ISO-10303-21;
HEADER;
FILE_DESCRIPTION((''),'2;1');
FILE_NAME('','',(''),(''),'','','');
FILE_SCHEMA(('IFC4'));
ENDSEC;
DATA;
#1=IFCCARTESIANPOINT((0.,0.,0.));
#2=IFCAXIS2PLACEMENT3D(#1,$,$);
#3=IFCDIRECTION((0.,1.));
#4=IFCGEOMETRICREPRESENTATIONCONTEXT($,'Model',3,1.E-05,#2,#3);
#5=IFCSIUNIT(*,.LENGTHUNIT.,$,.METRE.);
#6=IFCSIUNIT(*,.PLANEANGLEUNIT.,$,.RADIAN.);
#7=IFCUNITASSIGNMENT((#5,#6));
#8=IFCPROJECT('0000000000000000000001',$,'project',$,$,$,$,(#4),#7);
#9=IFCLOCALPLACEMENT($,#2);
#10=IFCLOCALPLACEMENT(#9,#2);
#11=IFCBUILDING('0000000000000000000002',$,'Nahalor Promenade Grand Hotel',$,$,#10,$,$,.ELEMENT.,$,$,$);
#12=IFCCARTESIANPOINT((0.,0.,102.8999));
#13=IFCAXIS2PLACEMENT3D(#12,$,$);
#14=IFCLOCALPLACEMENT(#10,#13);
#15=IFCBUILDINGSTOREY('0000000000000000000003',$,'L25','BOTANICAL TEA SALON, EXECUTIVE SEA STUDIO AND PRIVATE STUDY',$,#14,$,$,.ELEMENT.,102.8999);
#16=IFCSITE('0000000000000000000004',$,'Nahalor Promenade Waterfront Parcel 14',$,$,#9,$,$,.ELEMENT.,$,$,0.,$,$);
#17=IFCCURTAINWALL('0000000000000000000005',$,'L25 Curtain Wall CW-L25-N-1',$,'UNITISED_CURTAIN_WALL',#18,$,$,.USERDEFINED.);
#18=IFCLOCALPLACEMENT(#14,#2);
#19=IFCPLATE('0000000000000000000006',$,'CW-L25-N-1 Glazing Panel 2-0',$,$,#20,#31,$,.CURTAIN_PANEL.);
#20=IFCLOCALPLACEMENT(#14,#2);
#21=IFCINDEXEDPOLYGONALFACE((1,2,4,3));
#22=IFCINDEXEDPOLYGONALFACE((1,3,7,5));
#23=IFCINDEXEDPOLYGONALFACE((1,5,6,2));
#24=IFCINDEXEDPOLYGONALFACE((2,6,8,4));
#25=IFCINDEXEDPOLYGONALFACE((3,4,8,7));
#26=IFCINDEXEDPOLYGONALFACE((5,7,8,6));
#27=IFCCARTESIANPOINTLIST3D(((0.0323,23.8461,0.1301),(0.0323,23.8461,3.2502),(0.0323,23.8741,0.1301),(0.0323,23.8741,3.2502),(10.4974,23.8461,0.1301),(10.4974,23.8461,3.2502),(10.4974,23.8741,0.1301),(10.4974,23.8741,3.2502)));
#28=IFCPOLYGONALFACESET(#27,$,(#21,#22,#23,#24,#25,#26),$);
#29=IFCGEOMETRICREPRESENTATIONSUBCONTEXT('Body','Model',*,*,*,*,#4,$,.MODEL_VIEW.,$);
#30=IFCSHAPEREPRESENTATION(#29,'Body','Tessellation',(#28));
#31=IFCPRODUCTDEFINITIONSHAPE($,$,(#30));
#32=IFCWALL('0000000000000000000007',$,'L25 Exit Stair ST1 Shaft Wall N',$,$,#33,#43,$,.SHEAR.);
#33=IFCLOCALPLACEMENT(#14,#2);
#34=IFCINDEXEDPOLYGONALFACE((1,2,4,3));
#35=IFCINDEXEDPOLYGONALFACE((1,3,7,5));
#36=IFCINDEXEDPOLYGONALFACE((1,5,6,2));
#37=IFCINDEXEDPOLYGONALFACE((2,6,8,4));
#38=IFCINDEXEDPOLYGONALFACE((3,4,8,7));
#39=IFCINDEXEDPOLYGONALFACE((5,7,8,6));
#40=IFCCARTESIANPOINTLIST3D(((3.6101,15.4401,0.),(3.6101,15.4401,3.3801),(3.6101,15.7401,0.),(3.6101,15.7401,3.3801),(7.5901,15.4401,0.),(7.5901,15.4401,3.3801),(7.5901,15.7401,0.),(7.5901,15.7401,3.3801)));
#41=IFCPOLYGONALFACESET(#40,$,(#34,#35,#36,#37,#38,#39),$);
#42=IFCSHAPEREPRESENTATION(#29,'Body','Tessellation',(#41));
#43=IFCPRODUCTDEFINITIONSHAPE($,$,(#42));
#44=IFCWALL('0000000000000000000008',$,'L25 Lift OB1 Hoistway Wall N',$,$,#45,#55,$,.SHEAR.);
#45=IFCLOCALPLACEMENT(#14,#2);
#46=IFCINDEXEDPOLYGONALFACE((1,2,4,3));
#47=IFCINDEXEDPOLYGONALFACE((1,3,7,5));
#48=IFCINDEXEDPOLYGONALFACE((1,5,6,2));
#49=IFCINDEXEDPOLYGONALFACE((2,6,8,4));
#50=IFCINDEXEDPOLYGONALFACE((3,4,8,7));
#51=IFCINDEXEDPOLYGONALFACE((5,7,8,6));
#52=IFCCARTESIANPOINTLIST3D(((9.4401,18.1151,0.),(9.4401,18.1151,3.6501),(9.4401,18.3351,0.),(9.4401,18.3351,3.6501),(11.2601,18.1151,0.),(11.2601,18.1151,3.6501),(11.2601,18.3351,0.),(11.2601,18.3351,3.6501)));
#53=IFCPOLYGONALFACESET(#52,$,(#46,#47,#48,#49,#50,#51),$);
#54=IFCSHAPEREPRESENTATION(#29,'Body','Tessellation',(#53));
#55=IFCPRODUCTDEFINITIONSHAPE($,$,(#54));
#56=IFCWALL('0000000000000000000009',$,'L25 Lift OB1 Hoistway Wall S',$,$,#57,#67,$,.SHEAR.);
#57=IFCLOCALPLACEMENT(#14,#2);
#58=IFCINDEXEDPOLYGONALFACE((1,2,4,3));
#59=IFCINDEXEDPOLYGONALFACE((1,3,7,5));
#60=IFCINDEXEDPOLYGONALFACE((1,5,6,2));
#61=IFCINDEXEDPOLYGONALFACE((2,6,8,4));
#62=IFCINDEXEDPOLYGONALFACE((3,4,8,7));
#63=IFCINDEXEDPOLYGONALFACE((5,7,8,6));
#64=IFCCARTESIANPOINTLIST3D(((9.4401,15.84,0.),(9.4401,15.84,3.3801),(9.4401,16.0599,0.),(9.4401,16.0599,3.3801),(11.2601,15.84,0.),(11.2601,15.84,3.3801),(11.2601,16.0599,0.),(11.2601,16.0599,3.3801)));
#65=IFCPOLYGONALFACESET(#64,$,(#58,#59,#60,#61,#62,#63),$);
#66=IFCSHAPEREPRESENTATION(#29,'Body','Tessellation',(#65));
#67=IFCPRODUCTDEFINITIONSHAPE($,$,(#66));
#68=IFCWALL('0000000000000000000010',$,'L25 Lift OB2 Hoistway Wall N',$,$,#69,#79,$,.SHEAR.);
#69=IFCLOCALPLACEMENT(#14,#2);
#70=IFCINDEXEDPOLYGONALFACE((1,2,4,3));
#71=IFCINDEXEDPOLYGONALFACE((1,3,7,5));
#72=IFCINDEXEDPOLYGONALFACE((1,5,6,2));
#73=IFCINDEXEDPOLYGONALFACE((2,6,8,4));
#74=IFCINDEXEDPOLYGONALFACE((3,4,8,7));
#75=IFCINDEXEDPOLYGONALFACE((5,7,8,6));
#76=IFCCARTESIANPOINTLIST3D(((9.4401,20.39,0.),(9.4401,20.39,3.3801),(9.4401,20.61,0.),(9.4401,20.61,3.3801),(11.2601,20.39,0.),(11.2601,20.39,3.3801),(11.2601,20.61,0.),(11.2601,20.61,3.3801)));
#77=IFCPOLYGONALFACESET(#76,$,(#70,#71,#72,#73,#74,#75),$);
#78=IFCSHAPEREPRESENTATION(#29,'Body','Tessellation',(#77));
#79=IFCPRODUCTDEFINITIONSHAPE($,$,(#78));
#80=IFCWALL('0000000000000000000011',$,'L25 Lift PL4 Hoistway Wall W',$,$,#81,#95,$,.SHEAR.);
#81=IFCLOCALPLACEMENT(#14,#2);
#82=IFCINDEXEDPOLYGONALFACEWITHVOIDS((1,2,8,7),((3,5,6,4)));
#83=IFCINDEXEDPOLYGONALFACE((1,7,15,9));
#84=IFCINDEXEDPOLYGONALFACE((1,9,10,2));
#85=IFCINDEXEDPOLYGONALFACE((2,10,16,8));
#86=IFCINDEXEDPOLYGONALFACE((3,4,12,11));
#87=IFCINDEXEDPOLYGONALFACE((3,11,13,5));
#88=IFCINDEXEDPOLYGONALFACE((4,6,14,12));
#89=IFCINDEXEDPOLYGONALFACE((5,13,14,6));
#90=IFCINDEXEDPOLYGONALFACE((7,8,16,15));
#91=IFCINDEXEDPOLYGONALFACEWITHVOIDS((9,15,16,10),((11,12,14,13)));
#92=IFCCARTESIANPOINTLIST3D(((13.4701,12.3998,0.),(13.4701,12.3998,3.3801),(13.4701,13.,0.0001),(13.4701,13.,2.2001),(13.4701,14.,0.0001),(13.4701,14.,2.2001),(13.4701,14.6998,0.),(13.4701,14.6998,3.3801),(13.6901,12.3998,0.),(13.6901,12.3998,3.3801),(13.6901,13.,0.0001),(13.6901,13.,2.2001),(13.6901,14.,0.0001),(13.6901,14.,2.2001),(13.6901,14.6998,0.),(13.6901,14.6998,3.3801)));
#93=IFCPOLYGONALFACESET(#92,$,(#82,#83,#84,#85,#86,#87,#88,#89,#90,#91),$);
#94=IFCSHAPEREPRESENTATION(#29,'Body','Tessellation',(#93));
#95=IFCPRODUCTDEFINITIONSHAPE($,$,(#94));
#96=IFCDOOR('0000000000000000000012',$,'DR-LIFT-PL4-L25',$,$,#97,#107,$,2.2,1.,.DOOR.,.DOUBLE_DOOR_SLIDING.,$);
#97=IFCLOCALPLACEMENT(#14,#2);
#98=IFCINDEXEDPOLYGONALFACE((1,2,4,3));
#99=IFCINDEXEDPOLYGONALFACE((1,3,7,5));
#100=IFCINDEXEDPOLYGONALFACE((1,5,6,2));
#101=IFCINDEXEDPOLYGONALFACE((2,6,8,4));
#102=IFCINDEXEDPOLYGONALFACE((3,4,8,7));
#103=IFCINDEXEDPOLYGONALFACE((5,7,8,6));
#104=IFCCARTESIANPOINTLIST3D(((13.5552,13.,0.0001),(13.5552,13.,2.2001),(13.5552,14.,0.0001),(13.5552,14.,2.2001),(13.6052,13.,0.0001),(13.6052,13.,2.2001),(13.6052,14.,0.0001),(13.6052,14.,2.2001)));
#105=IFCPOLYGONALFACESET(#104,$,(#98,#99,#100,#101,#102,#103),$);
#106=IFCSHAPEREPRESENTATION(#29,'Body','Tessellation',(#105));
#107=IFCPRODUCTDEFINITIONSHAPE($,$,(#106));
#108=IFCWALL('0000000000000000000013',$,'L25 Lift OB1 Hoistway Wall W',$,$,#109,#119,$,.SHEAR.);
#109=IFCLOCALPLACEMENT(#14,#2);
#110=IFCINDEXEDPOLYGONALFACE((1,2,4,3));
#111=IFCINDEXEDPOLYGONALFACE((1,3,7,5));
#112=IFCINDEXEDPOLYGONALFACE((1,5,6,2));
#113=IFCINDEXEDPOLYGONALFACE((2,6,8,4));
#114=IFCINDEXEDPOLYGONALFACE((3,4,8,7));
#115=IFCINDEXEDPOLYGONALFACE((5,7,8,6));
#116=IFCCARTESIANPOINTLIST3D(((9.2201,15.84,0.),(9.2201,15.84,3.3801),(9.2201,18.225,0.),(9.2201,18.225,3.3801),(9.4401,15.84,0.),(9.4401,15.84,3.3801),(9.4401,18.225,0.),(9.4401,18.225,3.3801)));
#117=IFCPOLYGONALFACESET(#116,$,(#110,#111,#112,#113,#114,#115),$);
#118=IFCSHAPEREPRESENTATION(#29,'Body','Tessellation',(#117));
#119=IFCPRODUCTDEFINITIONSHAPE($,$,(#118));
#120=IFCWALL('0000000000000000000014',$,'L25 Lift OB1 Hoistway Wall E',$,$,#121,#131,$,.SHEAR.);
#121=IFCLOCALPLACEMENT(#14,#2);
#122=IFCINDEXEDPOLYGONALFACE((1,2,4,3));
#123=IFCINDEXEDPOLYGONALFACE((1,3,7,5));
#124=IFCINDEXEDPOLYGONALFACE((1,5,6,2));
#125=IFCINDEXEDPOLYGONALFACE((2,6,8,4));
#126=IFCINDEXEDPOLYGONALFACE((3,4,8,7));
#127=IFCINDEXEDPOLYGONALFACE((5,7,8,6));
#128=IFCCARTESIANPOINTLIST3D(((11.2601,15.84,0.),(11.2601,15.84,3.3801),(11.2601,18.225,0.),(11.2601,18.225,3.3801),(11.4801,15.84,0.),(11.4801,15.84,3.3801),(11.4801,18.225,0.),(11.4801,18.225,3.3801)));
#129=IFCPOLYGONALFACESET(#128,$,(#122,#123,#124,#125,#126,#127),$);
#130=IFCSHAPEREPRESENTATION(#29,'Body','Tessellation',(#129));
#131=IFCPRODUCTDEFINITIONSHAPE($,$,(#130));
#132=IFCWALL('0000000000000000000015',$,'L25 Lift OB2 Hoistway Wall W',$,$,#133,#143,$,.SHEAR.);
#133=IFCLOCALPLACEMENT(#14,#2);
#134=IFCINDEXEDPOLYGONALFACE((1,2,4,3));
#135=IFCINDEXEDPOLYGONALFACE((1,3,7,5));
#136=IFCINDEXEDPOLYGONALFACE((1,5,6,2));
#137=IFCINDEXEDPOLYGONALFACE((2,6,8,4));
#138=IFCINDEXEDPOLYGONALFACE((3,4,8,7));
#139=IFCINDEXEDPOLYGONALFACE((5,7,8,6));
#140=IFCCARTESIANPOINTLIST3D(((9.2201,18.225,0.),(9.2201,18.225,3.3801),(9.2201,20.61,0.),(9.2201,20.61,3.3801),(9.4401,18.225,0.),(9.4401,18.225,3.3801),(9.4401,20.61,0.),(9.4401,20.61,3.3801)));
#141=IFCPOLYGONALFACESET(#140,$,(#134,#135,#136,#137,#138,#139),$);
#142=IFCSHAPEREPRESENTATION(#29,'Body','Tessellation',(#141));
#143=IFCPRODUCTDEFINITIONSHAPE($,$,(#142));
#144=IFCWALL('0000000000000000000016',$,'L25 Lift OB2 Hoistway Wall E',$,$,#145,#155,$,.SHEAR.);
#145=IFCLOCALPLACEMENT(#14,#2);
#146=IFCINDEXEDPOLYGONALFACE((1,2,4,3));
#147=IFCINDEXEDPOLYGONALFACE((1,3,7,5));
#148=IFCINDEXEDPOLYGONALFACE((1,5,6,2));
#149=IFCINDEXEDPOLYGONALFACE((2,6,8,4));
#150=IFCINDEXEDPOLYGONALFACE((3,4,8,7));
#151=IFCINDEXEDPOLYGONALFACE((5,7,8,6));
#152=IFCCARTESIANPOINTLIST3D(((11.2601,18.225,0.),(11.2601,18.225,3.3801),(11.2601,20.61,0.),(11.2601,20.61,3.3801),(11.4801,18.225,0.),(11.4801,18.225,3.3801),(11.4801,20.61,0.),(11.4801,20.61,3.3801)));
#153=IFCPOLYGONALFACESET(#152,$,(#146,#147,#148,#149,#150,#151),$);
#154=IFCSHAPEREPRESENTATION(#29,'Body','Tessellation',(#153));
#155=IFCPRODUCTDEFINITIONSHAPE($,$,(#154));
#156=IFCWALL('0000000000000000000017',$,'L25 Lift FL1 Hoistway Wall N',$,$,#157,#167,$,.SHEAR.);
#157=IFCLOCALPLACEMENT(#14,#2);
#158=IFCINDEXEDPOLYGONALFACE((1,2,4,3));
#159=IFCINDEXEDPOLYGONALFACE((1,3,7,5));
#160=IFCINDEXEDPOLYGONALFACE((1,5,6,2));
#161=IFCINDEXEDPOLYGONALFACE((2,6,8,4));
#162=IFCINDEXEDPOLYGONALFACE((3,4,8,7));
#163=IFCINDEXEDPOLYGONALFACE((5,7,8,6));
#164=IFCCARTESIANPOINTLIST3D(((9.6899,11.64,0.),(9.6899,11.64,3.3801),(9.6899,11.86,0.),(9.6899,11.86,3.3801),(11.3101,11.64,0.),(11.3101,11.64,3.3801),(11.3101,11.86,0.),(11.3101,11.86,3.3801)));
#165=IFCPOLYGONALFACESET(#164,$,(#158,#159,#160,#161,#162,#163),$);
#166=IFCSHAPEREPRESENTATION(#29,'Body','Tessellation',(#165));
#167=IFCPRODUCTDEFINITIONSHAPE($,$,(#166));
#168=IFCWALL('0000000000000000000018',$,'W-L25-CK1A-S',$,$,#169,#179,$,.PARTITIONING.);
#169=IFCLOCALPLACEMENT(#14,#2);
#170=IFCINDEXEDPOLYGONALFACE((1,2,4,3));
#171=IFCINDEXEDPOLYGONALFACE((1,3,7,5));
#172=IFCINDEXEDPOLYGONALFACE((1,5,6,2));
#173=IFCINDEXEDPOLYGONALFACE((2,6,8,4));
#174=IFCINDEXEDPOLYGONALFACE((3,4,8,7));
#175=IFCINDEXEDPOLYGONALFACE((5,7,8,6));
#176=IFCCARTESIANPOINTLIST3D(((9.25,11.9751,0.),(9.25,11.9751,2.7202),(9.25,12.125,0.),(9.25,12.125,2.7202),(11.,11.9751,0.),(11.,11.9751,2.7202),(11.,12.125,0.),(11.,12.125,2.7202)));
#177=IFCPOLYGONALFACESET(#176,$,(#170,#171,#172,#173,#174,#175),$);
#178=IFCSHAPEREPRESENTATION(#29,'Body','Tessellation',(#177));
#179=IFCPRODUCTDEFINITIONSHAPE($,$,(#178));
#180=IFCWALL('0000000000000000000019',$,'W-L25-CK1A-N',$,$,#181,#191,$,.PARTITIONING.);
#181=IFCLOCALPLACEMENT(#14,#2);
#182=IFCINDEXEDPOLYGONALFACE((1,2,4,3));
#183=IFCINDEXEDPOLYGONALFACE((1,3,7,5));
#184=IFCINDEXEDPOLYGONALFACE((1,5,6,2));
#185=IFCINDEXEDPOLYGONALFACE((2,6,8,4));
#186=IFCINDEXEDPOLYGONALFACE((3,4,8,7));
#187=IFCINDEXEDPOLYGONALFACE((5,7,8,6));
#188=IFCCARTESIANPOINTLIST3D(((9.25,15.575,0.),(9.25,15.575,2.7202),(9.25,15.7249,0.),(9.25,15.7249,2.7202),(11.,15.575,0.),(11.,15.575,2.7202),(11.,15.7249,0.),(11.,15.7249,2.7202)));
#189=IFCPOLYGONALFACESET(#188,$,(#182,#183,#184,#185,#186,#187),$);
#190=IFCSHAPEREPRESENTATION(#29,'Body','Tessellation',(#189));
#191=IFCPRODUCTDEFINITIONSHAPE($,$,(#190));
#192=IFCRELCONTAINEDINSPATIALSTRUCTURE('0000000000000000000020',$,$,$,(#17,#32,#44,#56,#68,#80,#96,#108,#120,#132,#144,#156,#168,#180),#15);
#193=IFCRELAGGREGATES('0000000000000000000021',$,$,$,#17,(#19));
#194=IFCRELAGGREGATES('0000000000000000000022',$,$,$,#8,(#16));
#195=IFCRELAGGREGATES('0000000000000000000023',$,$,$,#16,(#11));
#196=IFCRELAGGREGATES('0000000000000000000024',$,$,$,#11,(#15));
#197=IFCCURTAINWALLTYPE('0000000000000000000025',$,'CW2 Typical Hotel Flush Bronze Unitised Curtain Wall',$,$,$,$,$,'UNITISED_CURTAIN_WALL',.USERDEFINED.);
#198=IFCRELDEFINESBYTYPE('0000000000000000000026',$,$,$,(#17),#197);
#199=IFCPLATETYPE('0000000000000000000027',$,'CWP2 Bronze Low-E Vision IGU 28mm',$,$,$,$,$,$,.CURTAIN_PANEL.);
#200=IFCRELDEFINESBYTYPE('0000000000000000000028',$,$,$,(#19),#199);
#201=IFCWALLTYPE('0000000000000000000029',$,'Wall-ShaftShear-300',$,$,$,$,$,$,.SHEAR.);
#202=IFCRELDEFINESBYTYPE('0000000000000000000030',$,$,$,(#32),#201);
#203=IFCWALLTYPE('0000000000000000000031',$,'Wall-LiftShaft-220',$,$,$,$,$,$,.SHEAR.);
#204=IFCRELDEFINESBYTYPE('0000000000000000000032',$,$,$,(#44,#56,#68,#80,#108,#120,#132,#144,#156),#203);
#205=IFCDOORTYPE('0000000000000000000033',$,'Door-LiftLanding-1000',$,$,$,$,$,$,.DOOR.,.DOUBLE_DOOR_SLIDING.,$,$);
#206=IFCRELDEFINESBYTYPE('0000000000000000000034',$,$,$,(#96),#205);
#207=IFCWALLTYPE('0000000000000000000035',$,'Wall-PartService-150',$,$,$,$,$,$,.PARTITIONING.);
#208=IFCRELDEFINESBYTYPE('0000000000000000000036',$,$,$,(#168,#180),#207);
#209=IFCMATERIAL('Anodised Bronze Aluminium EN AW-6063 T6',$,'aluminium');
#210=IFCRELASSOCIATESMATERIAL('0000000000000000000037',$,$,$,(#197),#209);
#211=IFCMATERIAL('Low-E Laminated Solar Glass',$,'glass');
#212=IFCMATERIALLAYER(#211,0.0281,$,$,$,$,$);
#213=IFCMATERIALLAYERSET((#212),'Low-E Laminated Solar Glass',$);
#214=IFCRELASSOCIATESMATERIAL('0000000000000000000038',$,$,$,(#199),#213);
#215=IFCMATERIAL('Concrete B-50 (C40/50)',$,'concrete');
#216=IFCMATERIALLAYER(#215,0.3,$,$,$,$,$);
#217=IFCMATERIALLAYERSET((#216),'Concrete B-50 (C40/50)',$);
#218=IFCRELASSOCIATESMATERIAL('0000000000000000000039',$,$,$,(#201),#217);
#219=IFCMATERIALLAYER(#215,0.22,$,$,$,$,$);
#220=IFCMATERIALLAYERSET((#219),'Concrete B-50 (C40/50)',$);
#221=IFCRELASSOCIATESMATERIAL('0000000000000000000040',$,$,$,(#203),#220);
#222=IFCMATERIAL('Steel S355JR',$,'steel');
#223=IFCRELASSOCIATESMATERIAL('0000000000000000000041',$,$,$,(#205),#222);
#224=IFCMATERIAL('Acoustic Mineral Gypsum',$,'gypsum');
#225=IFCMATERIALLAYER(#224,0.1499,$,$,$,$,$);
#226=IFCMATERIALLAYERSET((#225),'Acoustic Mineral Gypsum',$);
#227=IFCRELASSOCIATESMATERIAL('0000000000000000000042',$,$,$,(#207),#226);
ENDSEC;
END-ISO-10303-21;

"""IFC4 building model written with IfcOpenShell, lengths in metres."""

from ifc_helpers import new_model, si_unit, direction, frame, frame_2d, origin, origin_2d, place, context, subcontext, project, spatial, rectangle, extrude, source, transform, mapped, material, layer, layer_set, type_object, element, fill, aggregate, save


model = new_model("IFC4")

# Units and contexts
model_context = context("Model", 3, precision=1e-05, world=origin(), true_north=direction((0.0, 1.0)))
body_context = subcontext(model_context, "Body", "Model", "MODEL_VIEW")
ifc_project = project(units=[si_unit("LENGTHUNIT", "METRE"), si_unit("PLANEANGLEUNIT", "RADIAN")], contexts=[model_context])

# Site, building, storey
site_placement = place(None, origin())
site = spatial("IfcSite", under=ifc_project, at=site_placement, Name="Nahalor Promenade Waterfront Parcel 14", CompositionType="ELEMENT", RefElevation=0.0)
building_placement = place(site_placement, origin())
building = spatial("IfcBuilding", under=site, at=building_placement, Name="Nahalor Promenade Grand Hotel", CompositionType="ELEMENT")
storey_placement = place(building_placement, frame((0.0, 0.0, 102.8999)))
storey = spatial("IfcBuildingStorey", under=building, at=storey_placement, Name="L25", Description="BOTANICAL TEA SALON, EXECUTIVE SEA STUDIO AND PRIVATE STUDY", CompositionType="ELEMENT", Elevation=102.8999)

# Shared definitions
ifc_material_1 = material(Name="Steel S355JR", Category="steel")

# Curtain wall, plate
ifc_material_2 = material(Name="Anodised Bronze Aluminium EN AW-6063 T6", Category="aluminium")
curtain_wall_type = type_object("IfcCurtainWallType", Name="CW2 Typical Hotel Flush Bronze Unitised Curtain Wall", ElementType="UNITISED_CURTAIN_WALL", PredefinedType="USERDEFINED", material=ifc_material_2)
curtain_wall_placement = place(storey_placement, origin())
curtain_wall = element("IfcCurtainWall", 1, at=curtain_wall_placement, inside=storey, type_object=curtain_wall_type, Name="L25 Curtain Wall CW-L25-N-1", ObjectType="UNITISED_CURTAIN_WALL", PredefinedType="USERDEFINED")
ifc_material_3 = material(Name="Low-E Laminated Solar Glass", Category="glass")
ifc_layer_1 = layer(ifc_material_3, 0.0281)
ifc_layer_set_1 = layer_set([ifc_layer_1], Name="Low-E Laminated Solar Glass")
plate_type = type_object("IfcPlateType", Name="CWP2 Bronze Low-E Vision IGU 28mm", PredefinedType="CURTAIN_PANEL", material=ifc_layer_set_1)
shared_shape_1 = source(origin(), body_context, "Body", "SweptSolid", [
    extrude(rectangle(XDim=10.4651, YDim=0.0281, at=origin_2d()), origin(), (0.0, 0.0, 1.0), 3.1201),
])
plate_placement = place(storey_placement, frame((5.2649, 23.8601, 0.1301), z_axis=(0.0, 0.0, 1.0), x_axis=(1.0, 0.0, 0.0)))
plate = element("IfcPlate", 2, at=plate_placement, type_object=plate_type, Name="CW-L25-N-1 Glazing Panel 2-0", PredefinedType="CURTAIN_PANEL", context=body_context, shape_type="MappedRepresentation", body=[
    mapped(shared_shape_1, transform((0.0, 0.0, 0.0), scale=1.0)),
])
aggregate(curtain_wall, [plate])

# Walls
ifc_material_4 = material(Name="Concrete B-50 (C40/50)", Category="concrete")
ifc_layer_2 = layer(ifc_material_4, 0.3)
ifc_layer_set_2 = layer_set([ifc_layer_2], Name="Concrete B-50 (C40/50)")
wall_type_1 = type_object("IfcWallType", Name="Wall-ShaftShear-300", PredefinedType="SHEAR", material=ifc_layer_set_2)
shared_shape_2 = source(origin(), body_context, "Body", "SweptSolid", [
    extrude(rectangle(XDim=3.98, YDim=0.3, at=frame_2d((1.99, 0.0))), origin(), (0.0, 0.0, 1.0), 3.3801),
])
wall_1_placement = place(storey_placement, frame((3.6101, 15.5901, 0.0), z_axis=(0.0, 0.0, 1.0), x_axis=(1.0, 0.0, 0.0)))
element("IfcWall", 3, at=wall_1_placement, inside=storey, type_object=wall_type_1, Name="L25 Exit Stair ST1 Shaft Wall N", PredefinedType="SHEAR", context=body_context, shape_type="MappedRepresentation", body=[
    mapped(shared_shape_2, transform((0.0, 0.0, 0.0), scale=1.0)),
])
ifc_layer_3 = layer(ifc_material_4, 0.22)
ifc_layer_set_3 = layer_set([ifc_layer_3], Name="Concrete B-50 (C40/50)")
wall_type_2 = type_object("IfcWallType", Name="Wall-LiftShaft-220", PredefinedType="SHEAR", material=ifc_layer_set_3)
shared_shape_3 = source(origin(), body_context, "Body", "SweptSolid", [
    extrude(rectangle(XDim=1.8201, YDim=0.22, at=frame_2d((0.9102, 0.0))), origin(), (0.0, 0.0, 1.0), 3.6501),
])
wall_2_placement = place(storey_placement, frame((9.4399, 18.2251, 0.0), z_axis=(0.0, 0.0, 1.0), x_axis=(1.0, 0.0, 0.0)))
element("IfcWall", 4, at=wall_2_placement, inside=storey, type_object=wall_type_2, Name="L25 Lift OB1 Hoistway Wall N", PredefinedType="SHEAR", context=body_context, shape_type="MappedRepresentation", body=[
    mapped(shared_shape_3, transform((0.0, 0.0, 0.0), scale=1.0)),
])
shared_shape_4 = source(origin(), body_context, "Body", "SweptSolid", [
    extrude(rectangle(XDim=1.8201, YDim=0.22, at=frame_2d((0.9102, 0.0))), origin(), (0.0, 0.0, 1.0), 3.3801),
])
for number, where, z_axis, x_axis, name in (
    (5, (9.4399, 15.95, 0.0), (0.0, 0.0, 1.0), (1.0, 0.0, 0.0), "L25 Lift OB1 Hoistway Wall S"),
    (6, (9.4399, 20.5, 0.0), (0.0, 0.0, 1.0), (1.0, 0.0, 0.0), "L25 Lift OB2 Hoistway Wall N"),
):
    element("IfcWall", number, at=place(storey_placement, frame(where, z_axis=z_axis, x_axis=x_axis)), inside=storey, type_object=wall_type_2, Name=name, PredefinedType="SHEAR", context=body_context, shape_type="MappedRepresentation", body=[
        mapped(shared_shape_4, transform((0.0, 0.0, 0.0), scale=1.0)),
    ])

# Wall, opening, door
shared_shape_5 = source(origin(), body_context, "Body", "SweptSolid", [
    extrude(rectangle(XDim=2.3, YDim=0.22, at=frame_2d((1.1499, 0.0))), origin(), (0.0, 0.0, 1.0), 3.3801),
])
wall_3_placement = place(storey_placement, frame((13.5801, 12.3999, 0.0), z_axis=(0.0, 0.0, 1.0), x_axis=(0.0, 1.0, 0.0)))
wall_3 = element("IfcWall", 7, at=wall_3_placement, inside=storey, type_object=wall_type_2, Name="L25 Lift PL4 Hoistway Wall W", PredefinedType="SHEAR", context=body_context, shape_type="MappedRepresentation", body=[
    mapped(shared_shape_5, transform((0.0, 0.0, 0.0), scale=1.0)),
])
opening_1_placement = place(wall_3_placement, frame((0.6001, 0.0, 0.0)))
opening_1 = element("IfcOpeningElement", 8, at=opening_1_placement, cuts=wall_3, PredefinedType="OPENING", context=body_context, shape_type="SweptSolid", body=[
    extrude(rectangle(XDim=1.0, YDim=2.2, at=frame_2d((0.5, 1.1001))), frame((0.0, 0.1199, 0.0), z_axis=(0.0, -1.0, 0.0), x_axis=(1.0, 0.0, 0.0)), (0.0, 0.0, 1.0), 0.24),
])
door_type_1 = type_object("IfcDoorType", Name="Door-LiftLanding-1000", OperationType="DOUBLE_DOOR_SLIDING", PredefinedType="DOOR", material=ifc_material_1)
shared_shape_6 = source(origin(), body_context, "Body", "SweptSolid", [
    extrude(rectangle(XDim=1.0, YDim=2.2, at=frame_2d((0.5, 1.1001))), frame((0.0, 0.0249, 0.0), z_axis=(0.0, -1.0, 0.0), x_axis=(1.0, 0.0, 0.0)), (0.0, 0.0, 1.0), 0.05),
])
door_1_placement = place(opening_1_placement, origin())
door_1 = element("IfcDoor", 9, at=door_1_placement, inside=storey, type_object=door_type_1, Name="DR-LIFT-PL4-L25", OperationType="DOUBLE_DOOR_SLIDING", OverallHeight=2.2, OverallWidth=1.0, PredefinedType="DOOR", context=body_context, shape_type="MappedRepresentation", body=[
    mapped(shared_shape_6, transform((0.0, 0.0, 0.0), scale=1.0)),
])
fill(opening_1, door_1)

# Walls
shared_shape_7 = source(origin(), body_context, "Body", "SweptSolid", [
    extrude(rectangle(XDim=2.385, YDim=0.22, at=frame_2d((1.1924, 0.0))), origin(), (0.0, 0.0, 1.0), 3.3801),
])
for number, where, z_axis, x_axis, name in (
    (10, (9.3301, 15.8401, 0.0), (0.0, 0.0, 1.0), (0.0, 1.0, 0.0), "L25 Lift OB1 Hoistway Wall W"),
    (11, (11.3701, 15.8401, 0.0), (0.0, 0.0, 1.0), (0.0, 1.0, 0.0), "L25 Lift OB1 Hoistway Wall E"),
    (12, (9.3301, 18.2251, 0.0), (0.0, 0.0, 1.0), (0.0, 1.0, 0.0), "L25 Lift OB2 Hoistway Wall W"),
    (13, (11.3701, 18.2251, 0.0), (0.0, 0.0, 1.0), (0.0, 1.0, 0.0), "L25 Lift OB2 Hoistway Wall E"),
):
    element("IfcWall", number, at=place(storey_placement, frame(where, z_axis=z_axis, x_axis=x_axis)), inside=storey, type_object=wall_type_2, Name=name, PredefinedType="SHEAR", context=body_context, shape_type="MappedRepresentation", body=[
        mapped(shared_shape_7, transform((0.0, 0.0, 0.0), scale=1.0)),
    ])
shared_shape_8 = source(origin(), body_context, "Body", "SweptSolid", [
    extrude(rectangle(XDim=1.6201, YDim=0.22, at=frame_2d((0.8101, 0.0))), origin(), (0.0, 0.0, 1.0), 3.3801),
])
wall_4_placement = place(storey_placement, frame((9.6899, 11.75, 0.0), z_axis=(0.0, 0.0, 1.0), x_axis=(1.0, 0.0, 0.0)))
element("IfcWall", 14, at=wall_4_placement, inside=storey, type_object=wall_type_2, Name="L25 Lift FL1 Hoistway Wall N", PredefinedType="SHEAR", context=body_context, shape_type="MappedRepresentation", body=[
    mapped(shared_shape_8, transform((0.0, 0.0, 0.0), scale=1.0)),
])
ifc_material_5 = material(Name="Acoustic Mineral Gypsum", Category="gypsum")
ifc_layer_4 = layer(ifc_material_5, 0.1499)
ifc_layer_set_4 = layer_set([ifc_layer_4], Name="Acoustic Mineral Gypsum")
wall_type_3 = type_object("IfcWallType", Name="Wall-PartService-150", PredefinedType="PARTITIONING", material=ifc_layer_set_4)
shared_shape_9 = source(origin(), body_context, "Body", "SweptSolid", [
    extrude(rectangle(XDim=1.75, YDim=0.1499, at=frame_2d((0.875, 0.0))), origin(), (0.0, 0.0, 1.0), 2.7202),
])
for number, where, z_axis, x_axis, name in (
    (15, (9.25, 12.05, 0.0), (0.0, 0.0, 1.0), (1.0, 0.0, 0.0), "W-L25-CK1A-S"),
    (16, (9.25, 15.6499, 0.0), (0.0, 0.0, 1.0), (1.0, 0.0, 0.0), "W-L25-CK1A-N"),
):
    element("IfcWall", number, at=place(storey_placement, frame(where, z_axis=z_axis, x_axis=x_axis)), inside=storey, type_object=wall_type_3, Name=name, PredefinedType="PARTITIONING", context=body_context, shape_type="MappedRepresentation", body=[
        mapped(shared_shape_9, transform((0.0, 0.0, 0.0), scale=1.0)),
    ])

save(model, "model.ifc")
